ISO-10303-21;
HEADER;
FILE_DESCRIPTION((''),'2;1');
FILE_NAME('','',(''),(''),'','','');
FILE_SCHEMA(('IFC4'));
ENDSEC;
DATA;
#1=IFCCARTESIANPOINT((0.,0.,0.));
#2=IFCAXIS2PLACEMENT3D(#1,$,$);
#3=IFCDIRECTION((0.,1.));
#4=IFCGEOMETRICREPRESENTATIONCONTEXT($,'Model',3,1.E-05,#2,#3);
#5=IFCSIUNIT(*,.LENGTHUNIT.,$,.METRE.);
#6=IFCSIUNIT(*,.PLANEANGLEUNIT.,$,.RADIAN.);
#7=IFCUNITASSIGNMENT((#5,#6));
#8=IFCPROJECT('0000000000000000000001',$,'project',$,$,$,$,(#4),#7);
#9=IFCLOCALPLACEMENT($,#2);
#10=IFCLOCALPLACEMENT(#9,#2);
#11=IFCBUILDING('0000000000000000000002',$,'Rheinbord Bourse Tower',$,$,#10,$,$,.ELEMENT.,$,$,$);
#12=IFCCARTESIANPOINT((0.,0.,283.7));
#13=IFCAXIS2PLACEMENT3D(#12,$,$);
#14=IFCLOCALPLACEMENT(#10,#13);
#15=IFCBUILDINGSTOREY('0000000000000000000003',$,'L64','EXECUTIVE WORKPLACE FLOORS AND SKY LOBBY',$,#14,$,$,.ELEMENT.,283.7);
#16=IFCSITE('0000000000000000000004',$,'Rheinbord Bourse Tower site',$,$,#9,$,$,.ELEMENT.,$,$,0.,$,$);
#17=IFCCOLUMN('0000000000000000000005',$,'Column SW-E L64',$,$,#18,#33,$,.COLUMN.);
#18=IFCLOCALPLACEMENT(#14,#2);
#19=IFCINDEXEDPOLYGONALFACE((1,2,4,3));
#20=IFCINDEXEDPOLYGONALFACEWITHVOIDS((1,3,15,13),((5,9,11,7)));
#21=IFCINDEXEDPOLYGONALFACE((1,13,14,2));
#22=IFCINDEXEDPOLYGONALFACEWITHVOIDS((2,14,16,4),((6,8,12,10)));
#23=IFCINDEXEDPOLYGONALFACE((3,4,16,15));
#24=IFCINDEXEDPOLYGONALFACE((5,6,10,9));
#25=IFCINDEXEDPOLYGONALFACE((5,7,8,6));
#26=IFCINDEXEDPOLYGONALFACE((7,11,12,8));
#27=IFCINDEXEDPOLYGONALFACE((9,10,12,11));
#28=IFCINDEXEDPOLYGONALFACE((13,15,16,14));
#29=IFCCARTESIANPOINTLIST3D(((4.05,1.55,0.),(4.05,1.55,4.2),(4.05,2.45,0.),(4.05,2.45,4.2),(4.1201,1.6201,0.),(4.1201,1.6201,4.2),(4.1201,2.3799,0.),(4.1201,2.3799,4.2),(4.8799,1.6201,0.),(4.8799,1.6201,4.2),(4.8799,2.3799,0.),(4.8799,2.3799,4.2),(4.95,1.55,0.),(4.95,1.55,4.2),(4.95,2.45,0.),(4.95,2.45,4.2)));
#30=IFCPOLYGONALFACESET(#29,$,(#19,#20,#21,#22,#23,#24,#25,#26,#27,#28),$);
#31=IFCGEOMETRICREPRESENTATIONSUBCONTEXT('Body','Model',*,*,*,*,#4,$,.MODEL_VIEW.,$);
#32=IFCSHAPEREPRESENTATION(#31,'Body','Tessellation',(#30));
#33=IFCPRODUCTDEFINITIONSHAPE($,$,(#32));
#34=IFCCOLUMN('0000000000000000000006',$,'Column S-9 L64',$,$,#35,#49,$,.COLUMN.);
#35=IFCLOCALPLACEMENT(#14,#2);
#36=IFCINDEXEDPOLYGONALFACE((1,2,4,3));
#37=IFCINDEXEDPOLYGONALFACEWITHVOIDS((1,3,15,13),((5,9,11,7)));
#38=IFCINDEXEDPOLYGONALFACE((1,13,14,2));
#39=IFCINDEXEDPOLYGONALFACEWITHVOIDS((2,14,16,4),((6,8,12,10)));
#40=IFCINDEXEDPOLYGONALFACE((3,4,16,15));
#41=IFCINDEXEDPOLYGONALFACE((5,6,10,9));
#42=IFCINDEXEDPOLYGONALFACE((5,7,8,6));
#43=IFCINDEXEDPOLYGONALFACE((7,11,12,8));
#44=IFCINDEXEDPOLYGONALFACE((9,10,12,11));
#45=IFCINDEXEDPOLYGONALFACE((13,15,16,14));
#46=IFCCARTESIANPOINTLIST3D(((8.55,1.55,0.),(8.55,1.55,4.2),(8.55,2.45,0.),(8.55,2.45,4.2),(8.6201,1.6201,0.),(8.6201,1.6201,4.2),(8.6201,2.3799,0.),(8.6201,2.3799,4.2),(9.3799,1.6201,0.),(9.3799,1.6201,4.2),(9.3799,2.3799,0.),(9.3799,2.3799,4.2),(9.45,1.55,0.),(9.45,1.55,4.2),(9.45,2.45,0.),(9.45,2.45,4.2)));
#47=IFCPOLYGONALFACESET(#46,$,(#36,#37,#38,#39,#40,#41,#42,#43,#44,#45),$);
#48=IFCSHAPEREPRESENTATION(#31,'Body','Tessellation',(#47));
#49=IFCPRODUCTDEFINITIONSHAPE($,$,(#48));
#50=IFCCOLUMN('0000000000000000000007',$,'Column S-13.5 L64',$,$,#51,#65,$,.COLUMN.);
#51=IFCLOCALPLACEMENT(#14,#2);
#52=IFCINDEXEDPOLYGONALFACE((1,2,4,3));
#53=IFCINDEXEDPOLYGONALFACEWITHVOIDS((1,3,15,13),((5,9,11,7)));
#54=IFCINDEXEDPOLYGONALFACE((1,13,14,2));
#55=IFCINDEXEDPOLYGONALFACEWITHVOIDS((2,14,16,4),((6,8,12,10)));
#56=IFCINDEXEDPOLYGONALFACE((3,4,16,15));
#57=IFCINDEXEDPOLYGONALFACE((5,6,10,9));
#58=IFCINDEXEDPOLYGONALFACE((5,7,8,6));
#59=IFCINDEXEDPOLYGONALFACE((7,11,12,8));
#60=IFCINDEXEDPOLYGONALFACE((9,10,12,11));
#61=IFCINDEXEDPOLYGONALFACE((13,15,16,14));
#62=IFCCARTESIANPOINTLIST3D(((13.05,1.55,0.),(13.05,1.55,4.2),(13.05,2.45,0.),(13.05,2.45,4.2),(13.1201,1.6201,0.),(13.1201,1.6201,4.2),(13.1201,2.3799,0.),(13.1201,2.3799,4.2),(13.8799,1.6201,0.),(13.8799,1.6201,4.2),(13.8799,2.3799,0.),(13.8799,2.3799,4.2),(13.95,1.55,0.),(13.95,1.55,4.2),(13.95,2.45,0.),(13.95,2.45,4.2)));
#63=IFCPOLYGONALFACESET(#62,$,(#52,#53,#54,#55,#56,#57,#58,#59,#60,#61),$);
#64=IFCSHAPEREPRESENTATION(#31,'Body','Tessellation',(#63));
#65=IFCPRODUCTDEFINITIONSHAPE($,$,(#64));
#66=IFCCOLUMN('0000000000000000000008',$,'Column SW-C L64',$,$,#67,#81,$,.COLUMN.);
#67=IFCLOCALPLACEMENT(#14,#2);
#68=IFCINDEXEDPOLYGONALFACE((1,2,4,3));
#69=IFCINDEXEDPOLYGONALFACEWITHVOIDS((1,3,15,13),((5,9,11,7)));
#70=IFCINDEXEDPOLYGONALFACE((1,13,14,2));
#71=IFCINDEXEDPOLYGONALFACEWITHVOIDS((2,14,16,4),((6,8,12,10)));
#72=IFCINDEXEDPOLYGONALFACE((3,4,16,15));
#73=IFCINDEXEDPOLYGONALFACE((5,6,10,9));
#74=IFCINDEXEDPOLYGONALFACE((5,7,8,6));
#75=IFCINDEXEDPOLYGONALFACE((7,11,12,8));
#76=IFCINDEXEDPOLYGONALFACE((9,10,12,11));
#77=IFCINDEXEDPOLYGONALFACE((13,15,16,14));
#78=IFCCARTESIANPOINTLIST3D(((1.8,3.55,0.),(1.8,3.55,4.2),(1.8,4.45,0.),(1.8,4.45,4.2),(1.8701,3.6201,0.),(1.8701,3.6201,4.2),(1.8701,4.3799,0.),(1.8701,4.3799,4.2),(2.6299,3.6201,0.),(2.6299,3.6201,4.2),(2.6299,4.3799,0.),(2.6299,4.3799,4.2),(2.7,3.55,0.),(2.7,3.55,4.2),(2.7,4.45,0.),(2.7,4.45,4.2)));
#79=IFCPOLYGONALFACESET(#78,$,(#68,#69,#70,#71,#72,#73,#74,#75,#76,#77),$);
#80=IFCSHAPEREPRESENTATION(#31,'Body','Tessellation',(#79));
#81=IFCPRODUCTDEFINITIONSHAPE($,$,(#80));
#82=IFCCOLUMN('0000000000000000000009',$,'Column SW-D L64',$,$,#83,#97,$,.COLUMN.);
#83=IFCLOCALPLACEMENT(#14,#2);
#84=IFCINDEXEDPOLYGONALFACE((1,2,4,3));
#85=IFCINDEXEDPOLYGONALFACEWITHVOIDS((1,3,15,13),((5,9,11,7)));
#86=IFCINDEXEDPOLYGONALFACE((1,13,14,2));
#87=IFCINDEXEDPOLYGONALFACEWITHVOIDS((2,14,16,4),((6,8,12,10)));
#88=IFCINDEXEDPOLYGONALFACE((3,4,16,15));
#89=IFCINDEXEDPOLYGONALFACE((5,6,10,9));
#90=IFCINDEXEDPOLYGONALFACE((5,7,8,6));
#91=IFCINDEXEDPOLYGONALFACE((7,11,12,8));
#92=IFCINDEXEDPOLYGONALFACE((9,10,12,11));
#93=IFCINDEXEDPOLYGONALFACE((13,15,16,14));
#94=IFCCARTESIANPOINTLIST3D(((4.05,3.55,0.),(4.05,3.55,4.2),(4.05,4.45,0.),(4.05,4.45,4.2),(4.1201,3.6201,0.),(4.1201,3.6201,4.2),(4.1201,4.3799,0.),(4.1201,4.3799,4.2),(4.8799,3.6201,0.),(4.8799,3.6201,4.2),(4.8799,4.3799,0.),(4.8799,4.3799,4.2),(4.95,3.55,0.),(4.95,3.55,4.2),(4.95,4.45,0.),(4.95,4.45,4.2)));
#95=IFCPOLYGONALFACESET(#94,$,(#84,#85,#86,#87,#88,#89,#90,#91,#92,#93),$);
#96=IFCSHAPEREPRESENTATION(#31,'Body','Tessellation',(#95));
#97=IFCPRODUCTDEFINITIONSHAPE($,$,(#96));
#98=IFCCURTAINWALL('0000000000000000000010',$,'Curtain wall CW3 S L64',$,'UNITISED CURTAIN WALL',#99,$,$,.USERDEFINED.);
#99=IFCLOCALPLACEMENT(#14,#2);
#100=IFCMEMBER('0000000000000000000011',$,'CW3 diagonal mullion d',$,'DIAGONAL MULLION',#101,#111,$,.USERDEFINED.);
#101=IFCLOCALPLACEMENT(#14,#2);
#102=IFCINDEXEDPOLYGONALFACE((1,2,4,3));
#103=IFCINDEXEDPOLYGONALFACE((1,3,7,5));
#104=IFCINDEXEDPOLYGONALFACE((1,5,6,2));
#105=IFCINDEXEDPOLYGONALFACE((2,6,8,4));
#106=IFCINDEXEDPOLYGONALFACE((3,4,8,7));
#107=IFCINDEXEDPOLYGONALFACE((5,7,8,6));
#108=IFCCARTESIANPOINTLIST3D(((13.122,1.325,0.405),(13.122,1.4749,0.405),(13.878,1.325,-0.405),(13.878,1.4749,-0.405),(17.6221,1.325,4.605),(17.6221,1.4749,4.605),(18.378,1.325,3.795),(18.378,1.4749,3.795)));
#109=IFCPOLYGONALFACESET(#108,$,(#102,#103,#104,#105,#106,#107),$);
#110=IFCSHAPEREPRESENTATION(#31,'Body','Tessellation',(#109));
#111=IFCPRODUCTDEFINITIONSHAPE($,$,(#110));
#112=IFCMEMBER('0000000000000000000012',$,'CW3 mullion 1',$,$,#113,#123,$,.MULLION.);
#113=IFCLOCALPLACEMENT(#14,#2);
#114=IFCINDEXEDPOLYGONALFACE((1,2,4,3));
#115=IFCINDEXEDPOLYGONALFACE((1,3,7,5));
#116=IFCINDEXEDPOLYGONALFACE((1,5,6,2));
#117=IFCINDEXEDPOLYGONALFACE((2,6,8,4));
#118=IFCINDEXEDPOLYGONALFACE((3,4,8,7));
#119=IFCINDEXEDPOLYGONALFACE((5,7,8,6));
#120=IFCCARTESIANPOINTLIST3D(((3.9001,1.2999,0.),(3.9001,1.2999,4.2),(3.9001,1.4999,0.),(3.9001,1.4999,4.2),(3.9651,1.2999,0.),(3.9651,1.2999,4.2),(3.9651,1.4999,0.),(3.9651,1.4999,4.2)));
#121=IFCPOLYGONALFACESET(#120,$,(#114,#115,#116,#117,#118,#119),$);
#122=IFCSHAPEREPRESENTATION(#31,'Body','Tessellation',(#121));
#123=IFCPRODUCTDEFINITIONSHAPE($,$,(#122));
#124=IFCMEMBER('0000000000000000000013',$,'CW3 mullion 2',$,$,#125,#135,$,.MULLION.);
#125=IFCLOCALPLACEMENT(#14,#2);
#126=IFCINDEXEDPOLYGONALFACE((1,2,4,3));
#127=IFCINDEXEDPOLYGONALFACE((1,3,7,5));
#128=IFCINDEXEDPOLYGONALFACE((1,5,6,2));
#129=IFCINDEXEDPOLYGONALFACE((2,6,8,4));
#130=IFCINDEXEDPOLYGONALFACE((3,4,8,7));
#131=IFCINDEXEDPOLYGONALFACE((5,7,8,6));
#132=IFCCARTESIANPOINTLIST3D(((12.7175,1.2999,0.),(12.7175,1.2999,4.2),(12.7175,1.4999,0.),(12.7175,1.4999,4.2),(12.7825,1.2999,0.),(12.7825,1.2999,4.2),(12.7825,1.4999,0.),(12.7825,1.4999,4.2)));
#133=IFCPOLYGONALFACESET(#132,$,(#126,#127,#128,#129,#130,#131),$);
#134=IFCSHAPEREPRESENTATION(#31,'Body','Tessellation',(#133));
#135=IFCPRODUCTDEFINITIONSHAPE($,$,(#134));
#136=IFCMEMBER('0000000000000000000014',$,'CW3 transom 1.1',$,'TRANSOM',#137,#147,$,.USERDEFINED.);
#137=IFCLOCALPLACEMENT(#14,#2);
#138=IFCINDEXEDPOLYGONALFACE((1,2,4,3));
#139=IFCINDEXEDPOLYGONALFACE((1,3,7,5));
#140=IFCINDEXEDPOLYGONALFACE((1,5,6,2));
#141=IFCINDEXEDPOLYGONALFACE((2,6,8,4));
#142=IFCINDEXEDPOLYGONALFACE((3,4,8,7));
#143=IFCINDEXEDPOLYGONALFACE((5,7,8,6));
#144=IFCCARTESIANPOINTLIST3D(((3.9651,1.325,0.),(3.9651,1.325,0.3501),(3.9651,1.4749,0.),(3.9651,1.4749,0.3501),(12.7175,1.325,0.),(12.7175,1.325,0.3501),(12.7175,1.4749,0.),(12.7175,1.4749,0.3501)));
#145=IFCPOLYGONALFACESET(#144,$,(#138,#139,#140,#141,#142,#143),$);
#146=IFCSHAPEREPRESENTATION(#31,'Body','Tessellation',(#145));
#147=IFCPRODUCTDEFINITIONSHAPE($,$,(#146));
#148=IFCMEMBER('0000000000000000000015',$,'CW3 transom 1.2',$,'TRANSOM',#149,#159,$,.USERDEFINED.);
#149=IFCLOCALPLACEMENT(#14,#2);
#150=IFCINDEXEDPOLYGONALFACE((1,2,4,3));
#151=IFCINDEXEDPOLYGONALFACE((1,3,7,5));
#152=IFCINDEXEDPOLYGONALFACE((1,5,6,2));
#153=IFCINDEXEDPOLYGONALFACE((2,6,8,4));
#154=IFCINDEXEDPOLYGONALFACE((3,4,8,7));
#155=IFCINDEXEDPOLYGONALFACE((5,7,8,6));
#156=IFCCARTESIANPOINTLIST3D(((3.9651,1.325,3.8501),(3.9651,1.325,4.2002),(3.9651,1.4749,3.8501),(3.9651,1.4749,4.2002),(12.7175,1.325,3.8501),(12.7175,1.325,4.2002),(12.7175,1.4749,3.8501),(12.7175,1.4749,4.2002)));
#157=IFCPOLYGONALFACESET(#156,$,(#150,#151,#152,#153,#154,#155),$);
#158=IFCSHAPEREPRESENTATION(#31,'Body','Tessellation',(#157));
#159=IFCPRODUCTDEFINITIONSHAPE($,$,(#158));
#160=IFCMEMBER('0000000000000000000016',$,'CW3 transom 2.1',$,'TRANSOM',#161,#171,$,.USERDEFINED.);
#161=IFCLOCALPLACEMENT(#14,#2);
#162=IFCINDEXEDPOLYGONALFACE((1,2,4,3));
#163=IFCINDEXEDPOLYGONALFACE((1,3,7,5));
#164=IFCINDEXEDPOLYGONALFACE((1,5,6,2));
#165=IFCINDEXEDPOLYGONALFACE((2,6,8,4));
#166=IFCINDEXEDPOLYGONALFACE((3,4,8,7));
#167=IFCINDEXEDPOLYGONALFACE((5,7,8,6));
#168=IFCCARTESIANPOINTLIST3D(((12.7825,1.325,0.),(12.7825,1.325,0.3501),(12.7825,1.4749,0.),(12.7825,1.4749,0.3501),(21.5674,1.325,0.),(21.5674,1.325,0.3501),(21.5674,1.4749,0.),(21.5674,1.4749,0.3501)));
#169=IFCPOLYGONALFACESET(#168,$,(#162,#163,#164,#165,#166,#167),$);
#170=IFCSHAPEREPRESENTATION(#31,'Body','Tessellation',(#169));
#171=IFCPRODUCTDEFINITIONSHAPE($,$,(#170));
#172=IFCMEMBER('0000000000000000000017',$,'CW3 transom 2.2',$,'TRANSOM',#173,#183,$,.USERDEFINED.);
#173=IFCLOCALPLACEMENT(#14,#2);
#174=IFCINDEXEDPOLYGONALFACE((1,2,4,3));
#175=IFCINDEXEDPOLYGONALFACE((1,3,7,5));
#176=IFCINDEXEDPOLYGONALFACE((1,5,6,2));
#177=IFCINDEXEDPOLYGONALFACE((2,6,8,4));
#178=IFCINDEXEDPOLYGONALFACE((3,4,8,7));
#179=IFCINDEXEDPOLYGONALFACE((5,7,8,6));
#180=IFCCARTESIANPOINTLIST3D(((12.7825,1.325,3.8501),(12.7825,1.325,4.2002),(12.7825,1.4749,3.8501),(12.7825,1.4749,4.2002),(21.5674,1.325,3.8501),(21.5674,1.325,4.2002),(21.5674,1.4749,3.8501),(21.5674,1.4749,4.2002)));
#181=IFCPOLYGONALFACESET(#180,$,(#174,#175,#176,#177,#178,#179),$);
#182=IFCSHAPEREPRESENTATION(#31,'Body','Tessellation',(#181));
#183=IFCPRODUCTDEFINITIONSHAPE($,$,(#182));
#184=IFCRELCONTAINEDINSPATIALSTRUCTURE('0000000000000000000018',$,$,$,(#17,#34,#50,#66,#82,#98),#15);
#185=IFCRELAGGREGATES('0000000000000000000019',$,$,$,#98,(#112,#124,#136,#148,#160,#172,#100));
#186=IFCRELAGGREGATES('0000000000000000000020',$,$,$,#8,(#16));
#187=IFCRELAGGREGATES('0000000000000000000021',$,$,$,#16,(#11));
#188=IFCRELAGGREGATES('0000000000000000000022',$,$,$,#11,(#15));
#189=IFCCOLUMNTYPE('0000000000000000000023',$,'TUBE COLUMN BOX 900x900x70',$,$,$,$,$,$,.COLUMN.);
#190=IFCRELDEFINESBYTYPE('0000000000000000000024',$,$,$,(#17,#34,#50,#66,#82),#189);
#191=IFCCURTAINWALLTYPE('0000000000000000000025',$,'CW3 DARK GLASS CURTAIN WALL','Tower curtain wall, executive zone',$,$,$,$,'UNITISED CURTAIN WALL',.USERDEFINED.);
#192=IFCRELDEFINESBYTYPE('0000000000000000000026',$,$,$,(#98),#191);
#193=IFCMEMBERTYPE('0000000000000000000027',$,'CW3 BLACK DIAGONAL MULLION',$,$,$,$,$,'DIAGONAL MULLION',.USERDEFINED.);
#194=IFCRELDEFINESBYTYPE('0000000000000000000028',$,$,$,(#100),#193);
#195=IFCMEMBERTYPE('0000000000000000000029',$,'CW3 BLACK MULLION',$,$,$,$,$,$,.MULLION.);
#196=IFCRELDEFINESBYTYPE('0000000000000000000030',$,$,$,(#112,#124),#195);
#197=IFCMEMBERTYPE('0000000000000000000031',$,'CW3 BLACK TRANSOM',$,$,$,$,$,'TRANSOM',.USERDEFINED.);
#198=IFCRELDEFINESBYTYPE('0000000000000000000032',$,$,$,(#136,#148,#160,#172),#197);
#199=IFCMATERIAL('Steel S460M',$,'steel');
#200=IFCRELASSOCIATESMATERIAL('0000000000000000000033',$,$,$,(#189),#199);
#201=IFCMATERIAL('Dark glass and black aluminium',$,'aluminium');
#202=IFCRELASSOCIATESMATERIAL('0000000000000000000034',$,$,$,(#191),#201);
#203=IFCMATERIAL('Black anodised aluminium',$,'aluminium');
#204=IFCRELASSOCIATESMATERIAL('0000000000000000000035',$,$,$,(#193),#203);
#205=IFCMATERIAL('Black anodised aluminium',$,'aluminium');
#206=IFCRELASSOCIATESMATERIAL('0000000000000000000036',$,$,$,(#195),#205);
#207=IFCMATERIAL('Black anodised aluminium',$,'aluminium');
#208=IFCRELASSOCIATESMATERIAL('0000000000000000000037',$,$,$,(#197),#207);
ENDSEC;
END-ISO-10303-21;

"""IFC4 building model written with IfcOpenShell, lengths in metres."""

from ifc_helpers import new_model, si_unit, direction, frame, origin, origin_2d, place, context, subcontext, project, spatial, rectangle, hollow_rectangle, extrude, material, material_profile, profile_set, type_object, element, aggregate, save


model = new_model("IFC4")

# Units and contexts
model_context = context("Model", 3, precision=1e-05, world=origin(), true_north=direction((0.0, 1.0)))
body_context = subcontext(model_context, "Body", "Model", "MODEL_VIEW")
ifc_project = project(units=[si_unit("LENGTHUNIT", "METRE"), si_unit("PLANEANGLEUNIT", "RADIAN")], contexts=[model_context])

# Site, building, storey
site_placement = place(None, origin())
site = spatial("IfcSite", under=ifc_project, at=site_placement, Name="Rheinbord Bourse Tower site", CompositionType="ELEMENT", RefElevation=0.0)
building_placement = place(site_placement, origin())
building = spatial("IfcBuilding", under=site, at=building_placement, Name="Rheinbord Bourse Tower", CompositionType="ELEMENT")
storey_placement = place(building_placement, frame((0.0, 0.0, 283.7)))
storey = spatial("IfcBuildingStorey", under=building, at=storey_placement, Name="L64", Description="EXECUTIVE WORKPLACE FLOORS AND SKY LOBBY", CompositionType="ELEMENT", Elevation=283.7)

# Columns
ifc_material_1 = material(Name="Steel S460M", Category="steel")
ifc_material_profile_1 = material_profile(ifc_material_1, hollow_rectangle(XDim=0.8999, YDim=0.8999, WallThickness=0.0701, at=origin_2d()), Name="BOX 900x900x70")
ifc_profile_set_1 = profile_set([ifc_material_profile_1], Name="Steel S460M")
column_type = type_object("IfcColumnType", Name="TUBE COLUMN BOX 900x900x70", PredefinedType="COLUMN", material=ifc_profile_set_1)
for number, where, z_axis, x_axis, name in (
    (1, (4.5, 2.0, 0.0), (0.0, 0.0, 1.0), (0.0, 1.0, 0.0), "Column SW-E L64"),
    (2, (9.0, 2.0, 0.0), (0.0, 0.0, 1.0), (0.0, 1.0, 0.0), "Column S-9 L64"),
    (3, (13.5, 2.0, 0.0), (0.0, 0.0, 1.0), (0.0, 1.0, 0.0), "Column S-13.5 L64"),
    (4, (2.25, 4.0, 0.0), (0.0, 0.0, 1.0), (1.0, 0.0, 0.0), "Column SW-C L64"),
    (5, (4.5, 4.0, 0.0), (0.0, 0.0, 1.0), (0.0, 1.0, 0.0), "Column SW-D L64"),
):
    element("IfcColumn", number, at=place(storey_placement, frame(where, z_axis=z_axis, x_axis=x_axis)), inside=storey, type_object=column_type, Name=name, PredefinedType="COLUMN", context=body_context, shape_type="SweptSolid", body=[
        extrude(hollow_rectangle(XDim=0.8999, YDim=0.8999, WallThickness=0.0701, at=origin_2d()), origin(), (0.0, 0.0, 1.0), 4.2),
    ])

# Curtain wall, members
ifc_material_2 = material(Name="Dark glass and black aluminium", Category="aluminium")
curtain_wall_type = type_object("IfcCurtainWallType", Name="CW3 DARK GLASS CURTAIN WALL", Description="Tower curtain wall, executive zone", ElementType="UNITISED CURTAIN WALL", PredefinedType="USERDEFINED", material=ifc_material_2)
curtain_wall_placement = place(storey_placement, origin())
curtain_wall = element("IfcCurtainWall", 6, at=curtain_wall_placement, inside=storey, type_object=curtain_wall_type, Name="Curtain wall CW3 S L64", ObjectType="UNITISED CURTAIN WALL", PredefinedType="USERDEFINED")
ifc_material_3 = material(Name="Black anodised aluminium", Category="aluminium")
ifc_material_profile_2 = material_profile(ifc_material_3, rectangle(XDim=0.1499, YDim=1.1079, at=origin_2d()), Name="CW3 DIAGONAL MULLION 1108x150")
ifc_profile_set_2 = profile_set([ifc_material_profile_2], Name="Black anodised aluminium")
member_type_1 = type_object("IfcMemberType", Name="CW3 BLACK DIAGONAL MULLION", ElementType="DIAGONAL MULLION", PredefinedType="USERDEFINED", material=ifc_profile_set_2)
member_1_placement = place(storey_placement, frame((13.5, 1.3999, 0.0), z_axis=(0.731059, 0.0, 0.682314), x_axis=(0.0, 1.0, 0.0)))
member_1 = element("IfcMember", 7, at=member_1_placement, type_object=member_type_1, Name="CW3 diagonal mullion d", ObjectType="DIAGONAL MULLION", PredefinedType="USERDEFINED", context=body_context, shape_type="SweptSolid", body=[
    extrude(rectangle(XDim=0.1499, YDim=1.1079, at=origin_2d()), origin(), (0.0, 0.0, 1.0), 6.1555),
])
ifc_material_4 = material(Name="Black anodised aluminium", Category="aluminium")
ifc_material_profile_3 = material_profile(ifc_material_4, rectangle(XDim=0.2, YDim=0.0649, at=origin_2d()), Name="CW3 MULLION 65x200")
ifc_profile_set_3 = profile_set([ifc_material_profile_3], Name="Black anodised aluminium")
member_type_2 = type_object("IfcMemberType", Name="CW3 BLACK MULLION", PredefinedType="MULLION", material=ifc_profile_set_3)
member_2_placement = place(storey_placement, frame((3.9326, 1.3999, 0.0), z_axis=(0.0, 0.0, 1.0), x_axis=(0.0, 1.0, 0.0)))
member_2 = element("IfcMember", 8, at=member_2_placement, type_object=member_type_2, Name="CW3 mullion 1", PredefinedType="MULLION", context=body_context, shape_type="SweptSolid", body=[
    extrude(rectangle(XDim=0.2, YDim=0.0649, at=origin_2d()), origin(), (0.0, 0.0, 1.0), 4.2),
])
member_3_placement = place(storey_placement, frame((12.75, 1.3999, 0.0), z_axis=(0.0, 0.0, 1.0), x_axis=(0.0, 1.0, 0.0)))
member_3 = element("IfcMember", 9, at=member_3_placement, type_object=member_type_2, Name="CW3 mullion 2", PredefinedType="MULLION", context=body_context, shape_type="SweptSolid", body=[
    extrude(rectangle(XDim=0.2, YDim=0.0649, at=origin_2d()), origin(), (0.0, 0.0, 1.0), 4.2),
])
ifc_material_5 = material(Name="Black anodised aluminium", Category="aluminium")
ifc_material_profile_4 = material_profile(ifc_material_5, rectangle(XDim=0.1499, YDim=0.3501, at=origin_2d()), Name="CW3 TRANSOM 350x150")
ifc_profile_set_4 = profile_set([ifc_material_profile_4], Name="Black anodised aluminium")
member_type_3 = type_object("IfcMemberType", Name="CW3 BLACK TRANSOM", ElementType="TRANSOM", PredefinedType="USERDEFINED", material=ifc_profile_set_4)
member_4_placement = place(storey_placement, frame((3.9651, 1.3999, 0.175), z_axis=(1.0, 0.0, 0.0), x_axis=(0.0, 1.0, 0.0)))
member_4 = element("IfcMember", 10, at=member_4_placement, type_object=member_type_3, Name="CW3 transom 1.1", ObjectType="TRANSOM", PredefinedType="USERDEFINED", context=body_context, shape_type="SweptSolid", body=[
    extrude(rectangle(XDim=0.1499, YDim=0.3501, at=origin_2d()), origin(), (0.0, 0.0, 1.0), 8.7524),
])
member_5_placement = place(storey_placement, frame((3.9651, 1.3999, 4.0251), z_axis=(1.0, 0.0, 0.0), x_axis=(0.0, 1.0, 0.0)))
member_5 = element("IfcMember", 11, at=member_5_placement, type_object=member_type_3, Name="CW3 transom 1.2", ObjectType="TRANSOM", PredefinedType="USERDEFINED", context=body_context, shape_type="SweptSolid", body=[
    extrude(rectangle(XDim=0.1499, YDim=0.3501, at=origin_2d()), origin(), (0.0, 0.0, 1.0), 8.7524),
])
member_6_placement = place(storey_placement, frame((12.7825, 1.3999, 0.175), z_axis=(1.0, 0.0, 0.0), x_axis=(0.0, 1.0, 0.0)))
member_6 = element("IfcMember", 12, at=member_6_placement, type_object=member_type_3, Name="CW3 transom 2.1", ObjectType="TRANSOM", PredefinedType="USERDEFINED", context=body_context, shape_type="SweptSolid", body=[
    extrude(rectangle(XDim=0.1499, YDim=0.3501, at=origin_2d()), origin(), (0.0, 0.0, 1.0), 8.7849),
])
member_7_placement = place(storey_placement, frame((12.7825, 1.3999, 4.0251), z_axis=(1.0, 0.0, 0.0), x_axis=(0.0, 1.0, 0.0)))
member_7 = element("IfcMember", 13, at=member_7_placement, type_object=member_type_3, Name="CW3 transom 2.2", ObjectType="TRANSOM", PredefinedType="USERDEFINED", context=body_context, shape_type="SweptSolid", body=[
    extrude(rectangle(XDim=0.1499, YDim=0.3501, at=origin_2d()), origin(), (0.0, 0.0, 1.0), 8.7849),
])

aggregate(curtain_wall, [member_2, member_3, member_4, member_5, member_6, member_7, member_1])

save(model, "model.ifc")
